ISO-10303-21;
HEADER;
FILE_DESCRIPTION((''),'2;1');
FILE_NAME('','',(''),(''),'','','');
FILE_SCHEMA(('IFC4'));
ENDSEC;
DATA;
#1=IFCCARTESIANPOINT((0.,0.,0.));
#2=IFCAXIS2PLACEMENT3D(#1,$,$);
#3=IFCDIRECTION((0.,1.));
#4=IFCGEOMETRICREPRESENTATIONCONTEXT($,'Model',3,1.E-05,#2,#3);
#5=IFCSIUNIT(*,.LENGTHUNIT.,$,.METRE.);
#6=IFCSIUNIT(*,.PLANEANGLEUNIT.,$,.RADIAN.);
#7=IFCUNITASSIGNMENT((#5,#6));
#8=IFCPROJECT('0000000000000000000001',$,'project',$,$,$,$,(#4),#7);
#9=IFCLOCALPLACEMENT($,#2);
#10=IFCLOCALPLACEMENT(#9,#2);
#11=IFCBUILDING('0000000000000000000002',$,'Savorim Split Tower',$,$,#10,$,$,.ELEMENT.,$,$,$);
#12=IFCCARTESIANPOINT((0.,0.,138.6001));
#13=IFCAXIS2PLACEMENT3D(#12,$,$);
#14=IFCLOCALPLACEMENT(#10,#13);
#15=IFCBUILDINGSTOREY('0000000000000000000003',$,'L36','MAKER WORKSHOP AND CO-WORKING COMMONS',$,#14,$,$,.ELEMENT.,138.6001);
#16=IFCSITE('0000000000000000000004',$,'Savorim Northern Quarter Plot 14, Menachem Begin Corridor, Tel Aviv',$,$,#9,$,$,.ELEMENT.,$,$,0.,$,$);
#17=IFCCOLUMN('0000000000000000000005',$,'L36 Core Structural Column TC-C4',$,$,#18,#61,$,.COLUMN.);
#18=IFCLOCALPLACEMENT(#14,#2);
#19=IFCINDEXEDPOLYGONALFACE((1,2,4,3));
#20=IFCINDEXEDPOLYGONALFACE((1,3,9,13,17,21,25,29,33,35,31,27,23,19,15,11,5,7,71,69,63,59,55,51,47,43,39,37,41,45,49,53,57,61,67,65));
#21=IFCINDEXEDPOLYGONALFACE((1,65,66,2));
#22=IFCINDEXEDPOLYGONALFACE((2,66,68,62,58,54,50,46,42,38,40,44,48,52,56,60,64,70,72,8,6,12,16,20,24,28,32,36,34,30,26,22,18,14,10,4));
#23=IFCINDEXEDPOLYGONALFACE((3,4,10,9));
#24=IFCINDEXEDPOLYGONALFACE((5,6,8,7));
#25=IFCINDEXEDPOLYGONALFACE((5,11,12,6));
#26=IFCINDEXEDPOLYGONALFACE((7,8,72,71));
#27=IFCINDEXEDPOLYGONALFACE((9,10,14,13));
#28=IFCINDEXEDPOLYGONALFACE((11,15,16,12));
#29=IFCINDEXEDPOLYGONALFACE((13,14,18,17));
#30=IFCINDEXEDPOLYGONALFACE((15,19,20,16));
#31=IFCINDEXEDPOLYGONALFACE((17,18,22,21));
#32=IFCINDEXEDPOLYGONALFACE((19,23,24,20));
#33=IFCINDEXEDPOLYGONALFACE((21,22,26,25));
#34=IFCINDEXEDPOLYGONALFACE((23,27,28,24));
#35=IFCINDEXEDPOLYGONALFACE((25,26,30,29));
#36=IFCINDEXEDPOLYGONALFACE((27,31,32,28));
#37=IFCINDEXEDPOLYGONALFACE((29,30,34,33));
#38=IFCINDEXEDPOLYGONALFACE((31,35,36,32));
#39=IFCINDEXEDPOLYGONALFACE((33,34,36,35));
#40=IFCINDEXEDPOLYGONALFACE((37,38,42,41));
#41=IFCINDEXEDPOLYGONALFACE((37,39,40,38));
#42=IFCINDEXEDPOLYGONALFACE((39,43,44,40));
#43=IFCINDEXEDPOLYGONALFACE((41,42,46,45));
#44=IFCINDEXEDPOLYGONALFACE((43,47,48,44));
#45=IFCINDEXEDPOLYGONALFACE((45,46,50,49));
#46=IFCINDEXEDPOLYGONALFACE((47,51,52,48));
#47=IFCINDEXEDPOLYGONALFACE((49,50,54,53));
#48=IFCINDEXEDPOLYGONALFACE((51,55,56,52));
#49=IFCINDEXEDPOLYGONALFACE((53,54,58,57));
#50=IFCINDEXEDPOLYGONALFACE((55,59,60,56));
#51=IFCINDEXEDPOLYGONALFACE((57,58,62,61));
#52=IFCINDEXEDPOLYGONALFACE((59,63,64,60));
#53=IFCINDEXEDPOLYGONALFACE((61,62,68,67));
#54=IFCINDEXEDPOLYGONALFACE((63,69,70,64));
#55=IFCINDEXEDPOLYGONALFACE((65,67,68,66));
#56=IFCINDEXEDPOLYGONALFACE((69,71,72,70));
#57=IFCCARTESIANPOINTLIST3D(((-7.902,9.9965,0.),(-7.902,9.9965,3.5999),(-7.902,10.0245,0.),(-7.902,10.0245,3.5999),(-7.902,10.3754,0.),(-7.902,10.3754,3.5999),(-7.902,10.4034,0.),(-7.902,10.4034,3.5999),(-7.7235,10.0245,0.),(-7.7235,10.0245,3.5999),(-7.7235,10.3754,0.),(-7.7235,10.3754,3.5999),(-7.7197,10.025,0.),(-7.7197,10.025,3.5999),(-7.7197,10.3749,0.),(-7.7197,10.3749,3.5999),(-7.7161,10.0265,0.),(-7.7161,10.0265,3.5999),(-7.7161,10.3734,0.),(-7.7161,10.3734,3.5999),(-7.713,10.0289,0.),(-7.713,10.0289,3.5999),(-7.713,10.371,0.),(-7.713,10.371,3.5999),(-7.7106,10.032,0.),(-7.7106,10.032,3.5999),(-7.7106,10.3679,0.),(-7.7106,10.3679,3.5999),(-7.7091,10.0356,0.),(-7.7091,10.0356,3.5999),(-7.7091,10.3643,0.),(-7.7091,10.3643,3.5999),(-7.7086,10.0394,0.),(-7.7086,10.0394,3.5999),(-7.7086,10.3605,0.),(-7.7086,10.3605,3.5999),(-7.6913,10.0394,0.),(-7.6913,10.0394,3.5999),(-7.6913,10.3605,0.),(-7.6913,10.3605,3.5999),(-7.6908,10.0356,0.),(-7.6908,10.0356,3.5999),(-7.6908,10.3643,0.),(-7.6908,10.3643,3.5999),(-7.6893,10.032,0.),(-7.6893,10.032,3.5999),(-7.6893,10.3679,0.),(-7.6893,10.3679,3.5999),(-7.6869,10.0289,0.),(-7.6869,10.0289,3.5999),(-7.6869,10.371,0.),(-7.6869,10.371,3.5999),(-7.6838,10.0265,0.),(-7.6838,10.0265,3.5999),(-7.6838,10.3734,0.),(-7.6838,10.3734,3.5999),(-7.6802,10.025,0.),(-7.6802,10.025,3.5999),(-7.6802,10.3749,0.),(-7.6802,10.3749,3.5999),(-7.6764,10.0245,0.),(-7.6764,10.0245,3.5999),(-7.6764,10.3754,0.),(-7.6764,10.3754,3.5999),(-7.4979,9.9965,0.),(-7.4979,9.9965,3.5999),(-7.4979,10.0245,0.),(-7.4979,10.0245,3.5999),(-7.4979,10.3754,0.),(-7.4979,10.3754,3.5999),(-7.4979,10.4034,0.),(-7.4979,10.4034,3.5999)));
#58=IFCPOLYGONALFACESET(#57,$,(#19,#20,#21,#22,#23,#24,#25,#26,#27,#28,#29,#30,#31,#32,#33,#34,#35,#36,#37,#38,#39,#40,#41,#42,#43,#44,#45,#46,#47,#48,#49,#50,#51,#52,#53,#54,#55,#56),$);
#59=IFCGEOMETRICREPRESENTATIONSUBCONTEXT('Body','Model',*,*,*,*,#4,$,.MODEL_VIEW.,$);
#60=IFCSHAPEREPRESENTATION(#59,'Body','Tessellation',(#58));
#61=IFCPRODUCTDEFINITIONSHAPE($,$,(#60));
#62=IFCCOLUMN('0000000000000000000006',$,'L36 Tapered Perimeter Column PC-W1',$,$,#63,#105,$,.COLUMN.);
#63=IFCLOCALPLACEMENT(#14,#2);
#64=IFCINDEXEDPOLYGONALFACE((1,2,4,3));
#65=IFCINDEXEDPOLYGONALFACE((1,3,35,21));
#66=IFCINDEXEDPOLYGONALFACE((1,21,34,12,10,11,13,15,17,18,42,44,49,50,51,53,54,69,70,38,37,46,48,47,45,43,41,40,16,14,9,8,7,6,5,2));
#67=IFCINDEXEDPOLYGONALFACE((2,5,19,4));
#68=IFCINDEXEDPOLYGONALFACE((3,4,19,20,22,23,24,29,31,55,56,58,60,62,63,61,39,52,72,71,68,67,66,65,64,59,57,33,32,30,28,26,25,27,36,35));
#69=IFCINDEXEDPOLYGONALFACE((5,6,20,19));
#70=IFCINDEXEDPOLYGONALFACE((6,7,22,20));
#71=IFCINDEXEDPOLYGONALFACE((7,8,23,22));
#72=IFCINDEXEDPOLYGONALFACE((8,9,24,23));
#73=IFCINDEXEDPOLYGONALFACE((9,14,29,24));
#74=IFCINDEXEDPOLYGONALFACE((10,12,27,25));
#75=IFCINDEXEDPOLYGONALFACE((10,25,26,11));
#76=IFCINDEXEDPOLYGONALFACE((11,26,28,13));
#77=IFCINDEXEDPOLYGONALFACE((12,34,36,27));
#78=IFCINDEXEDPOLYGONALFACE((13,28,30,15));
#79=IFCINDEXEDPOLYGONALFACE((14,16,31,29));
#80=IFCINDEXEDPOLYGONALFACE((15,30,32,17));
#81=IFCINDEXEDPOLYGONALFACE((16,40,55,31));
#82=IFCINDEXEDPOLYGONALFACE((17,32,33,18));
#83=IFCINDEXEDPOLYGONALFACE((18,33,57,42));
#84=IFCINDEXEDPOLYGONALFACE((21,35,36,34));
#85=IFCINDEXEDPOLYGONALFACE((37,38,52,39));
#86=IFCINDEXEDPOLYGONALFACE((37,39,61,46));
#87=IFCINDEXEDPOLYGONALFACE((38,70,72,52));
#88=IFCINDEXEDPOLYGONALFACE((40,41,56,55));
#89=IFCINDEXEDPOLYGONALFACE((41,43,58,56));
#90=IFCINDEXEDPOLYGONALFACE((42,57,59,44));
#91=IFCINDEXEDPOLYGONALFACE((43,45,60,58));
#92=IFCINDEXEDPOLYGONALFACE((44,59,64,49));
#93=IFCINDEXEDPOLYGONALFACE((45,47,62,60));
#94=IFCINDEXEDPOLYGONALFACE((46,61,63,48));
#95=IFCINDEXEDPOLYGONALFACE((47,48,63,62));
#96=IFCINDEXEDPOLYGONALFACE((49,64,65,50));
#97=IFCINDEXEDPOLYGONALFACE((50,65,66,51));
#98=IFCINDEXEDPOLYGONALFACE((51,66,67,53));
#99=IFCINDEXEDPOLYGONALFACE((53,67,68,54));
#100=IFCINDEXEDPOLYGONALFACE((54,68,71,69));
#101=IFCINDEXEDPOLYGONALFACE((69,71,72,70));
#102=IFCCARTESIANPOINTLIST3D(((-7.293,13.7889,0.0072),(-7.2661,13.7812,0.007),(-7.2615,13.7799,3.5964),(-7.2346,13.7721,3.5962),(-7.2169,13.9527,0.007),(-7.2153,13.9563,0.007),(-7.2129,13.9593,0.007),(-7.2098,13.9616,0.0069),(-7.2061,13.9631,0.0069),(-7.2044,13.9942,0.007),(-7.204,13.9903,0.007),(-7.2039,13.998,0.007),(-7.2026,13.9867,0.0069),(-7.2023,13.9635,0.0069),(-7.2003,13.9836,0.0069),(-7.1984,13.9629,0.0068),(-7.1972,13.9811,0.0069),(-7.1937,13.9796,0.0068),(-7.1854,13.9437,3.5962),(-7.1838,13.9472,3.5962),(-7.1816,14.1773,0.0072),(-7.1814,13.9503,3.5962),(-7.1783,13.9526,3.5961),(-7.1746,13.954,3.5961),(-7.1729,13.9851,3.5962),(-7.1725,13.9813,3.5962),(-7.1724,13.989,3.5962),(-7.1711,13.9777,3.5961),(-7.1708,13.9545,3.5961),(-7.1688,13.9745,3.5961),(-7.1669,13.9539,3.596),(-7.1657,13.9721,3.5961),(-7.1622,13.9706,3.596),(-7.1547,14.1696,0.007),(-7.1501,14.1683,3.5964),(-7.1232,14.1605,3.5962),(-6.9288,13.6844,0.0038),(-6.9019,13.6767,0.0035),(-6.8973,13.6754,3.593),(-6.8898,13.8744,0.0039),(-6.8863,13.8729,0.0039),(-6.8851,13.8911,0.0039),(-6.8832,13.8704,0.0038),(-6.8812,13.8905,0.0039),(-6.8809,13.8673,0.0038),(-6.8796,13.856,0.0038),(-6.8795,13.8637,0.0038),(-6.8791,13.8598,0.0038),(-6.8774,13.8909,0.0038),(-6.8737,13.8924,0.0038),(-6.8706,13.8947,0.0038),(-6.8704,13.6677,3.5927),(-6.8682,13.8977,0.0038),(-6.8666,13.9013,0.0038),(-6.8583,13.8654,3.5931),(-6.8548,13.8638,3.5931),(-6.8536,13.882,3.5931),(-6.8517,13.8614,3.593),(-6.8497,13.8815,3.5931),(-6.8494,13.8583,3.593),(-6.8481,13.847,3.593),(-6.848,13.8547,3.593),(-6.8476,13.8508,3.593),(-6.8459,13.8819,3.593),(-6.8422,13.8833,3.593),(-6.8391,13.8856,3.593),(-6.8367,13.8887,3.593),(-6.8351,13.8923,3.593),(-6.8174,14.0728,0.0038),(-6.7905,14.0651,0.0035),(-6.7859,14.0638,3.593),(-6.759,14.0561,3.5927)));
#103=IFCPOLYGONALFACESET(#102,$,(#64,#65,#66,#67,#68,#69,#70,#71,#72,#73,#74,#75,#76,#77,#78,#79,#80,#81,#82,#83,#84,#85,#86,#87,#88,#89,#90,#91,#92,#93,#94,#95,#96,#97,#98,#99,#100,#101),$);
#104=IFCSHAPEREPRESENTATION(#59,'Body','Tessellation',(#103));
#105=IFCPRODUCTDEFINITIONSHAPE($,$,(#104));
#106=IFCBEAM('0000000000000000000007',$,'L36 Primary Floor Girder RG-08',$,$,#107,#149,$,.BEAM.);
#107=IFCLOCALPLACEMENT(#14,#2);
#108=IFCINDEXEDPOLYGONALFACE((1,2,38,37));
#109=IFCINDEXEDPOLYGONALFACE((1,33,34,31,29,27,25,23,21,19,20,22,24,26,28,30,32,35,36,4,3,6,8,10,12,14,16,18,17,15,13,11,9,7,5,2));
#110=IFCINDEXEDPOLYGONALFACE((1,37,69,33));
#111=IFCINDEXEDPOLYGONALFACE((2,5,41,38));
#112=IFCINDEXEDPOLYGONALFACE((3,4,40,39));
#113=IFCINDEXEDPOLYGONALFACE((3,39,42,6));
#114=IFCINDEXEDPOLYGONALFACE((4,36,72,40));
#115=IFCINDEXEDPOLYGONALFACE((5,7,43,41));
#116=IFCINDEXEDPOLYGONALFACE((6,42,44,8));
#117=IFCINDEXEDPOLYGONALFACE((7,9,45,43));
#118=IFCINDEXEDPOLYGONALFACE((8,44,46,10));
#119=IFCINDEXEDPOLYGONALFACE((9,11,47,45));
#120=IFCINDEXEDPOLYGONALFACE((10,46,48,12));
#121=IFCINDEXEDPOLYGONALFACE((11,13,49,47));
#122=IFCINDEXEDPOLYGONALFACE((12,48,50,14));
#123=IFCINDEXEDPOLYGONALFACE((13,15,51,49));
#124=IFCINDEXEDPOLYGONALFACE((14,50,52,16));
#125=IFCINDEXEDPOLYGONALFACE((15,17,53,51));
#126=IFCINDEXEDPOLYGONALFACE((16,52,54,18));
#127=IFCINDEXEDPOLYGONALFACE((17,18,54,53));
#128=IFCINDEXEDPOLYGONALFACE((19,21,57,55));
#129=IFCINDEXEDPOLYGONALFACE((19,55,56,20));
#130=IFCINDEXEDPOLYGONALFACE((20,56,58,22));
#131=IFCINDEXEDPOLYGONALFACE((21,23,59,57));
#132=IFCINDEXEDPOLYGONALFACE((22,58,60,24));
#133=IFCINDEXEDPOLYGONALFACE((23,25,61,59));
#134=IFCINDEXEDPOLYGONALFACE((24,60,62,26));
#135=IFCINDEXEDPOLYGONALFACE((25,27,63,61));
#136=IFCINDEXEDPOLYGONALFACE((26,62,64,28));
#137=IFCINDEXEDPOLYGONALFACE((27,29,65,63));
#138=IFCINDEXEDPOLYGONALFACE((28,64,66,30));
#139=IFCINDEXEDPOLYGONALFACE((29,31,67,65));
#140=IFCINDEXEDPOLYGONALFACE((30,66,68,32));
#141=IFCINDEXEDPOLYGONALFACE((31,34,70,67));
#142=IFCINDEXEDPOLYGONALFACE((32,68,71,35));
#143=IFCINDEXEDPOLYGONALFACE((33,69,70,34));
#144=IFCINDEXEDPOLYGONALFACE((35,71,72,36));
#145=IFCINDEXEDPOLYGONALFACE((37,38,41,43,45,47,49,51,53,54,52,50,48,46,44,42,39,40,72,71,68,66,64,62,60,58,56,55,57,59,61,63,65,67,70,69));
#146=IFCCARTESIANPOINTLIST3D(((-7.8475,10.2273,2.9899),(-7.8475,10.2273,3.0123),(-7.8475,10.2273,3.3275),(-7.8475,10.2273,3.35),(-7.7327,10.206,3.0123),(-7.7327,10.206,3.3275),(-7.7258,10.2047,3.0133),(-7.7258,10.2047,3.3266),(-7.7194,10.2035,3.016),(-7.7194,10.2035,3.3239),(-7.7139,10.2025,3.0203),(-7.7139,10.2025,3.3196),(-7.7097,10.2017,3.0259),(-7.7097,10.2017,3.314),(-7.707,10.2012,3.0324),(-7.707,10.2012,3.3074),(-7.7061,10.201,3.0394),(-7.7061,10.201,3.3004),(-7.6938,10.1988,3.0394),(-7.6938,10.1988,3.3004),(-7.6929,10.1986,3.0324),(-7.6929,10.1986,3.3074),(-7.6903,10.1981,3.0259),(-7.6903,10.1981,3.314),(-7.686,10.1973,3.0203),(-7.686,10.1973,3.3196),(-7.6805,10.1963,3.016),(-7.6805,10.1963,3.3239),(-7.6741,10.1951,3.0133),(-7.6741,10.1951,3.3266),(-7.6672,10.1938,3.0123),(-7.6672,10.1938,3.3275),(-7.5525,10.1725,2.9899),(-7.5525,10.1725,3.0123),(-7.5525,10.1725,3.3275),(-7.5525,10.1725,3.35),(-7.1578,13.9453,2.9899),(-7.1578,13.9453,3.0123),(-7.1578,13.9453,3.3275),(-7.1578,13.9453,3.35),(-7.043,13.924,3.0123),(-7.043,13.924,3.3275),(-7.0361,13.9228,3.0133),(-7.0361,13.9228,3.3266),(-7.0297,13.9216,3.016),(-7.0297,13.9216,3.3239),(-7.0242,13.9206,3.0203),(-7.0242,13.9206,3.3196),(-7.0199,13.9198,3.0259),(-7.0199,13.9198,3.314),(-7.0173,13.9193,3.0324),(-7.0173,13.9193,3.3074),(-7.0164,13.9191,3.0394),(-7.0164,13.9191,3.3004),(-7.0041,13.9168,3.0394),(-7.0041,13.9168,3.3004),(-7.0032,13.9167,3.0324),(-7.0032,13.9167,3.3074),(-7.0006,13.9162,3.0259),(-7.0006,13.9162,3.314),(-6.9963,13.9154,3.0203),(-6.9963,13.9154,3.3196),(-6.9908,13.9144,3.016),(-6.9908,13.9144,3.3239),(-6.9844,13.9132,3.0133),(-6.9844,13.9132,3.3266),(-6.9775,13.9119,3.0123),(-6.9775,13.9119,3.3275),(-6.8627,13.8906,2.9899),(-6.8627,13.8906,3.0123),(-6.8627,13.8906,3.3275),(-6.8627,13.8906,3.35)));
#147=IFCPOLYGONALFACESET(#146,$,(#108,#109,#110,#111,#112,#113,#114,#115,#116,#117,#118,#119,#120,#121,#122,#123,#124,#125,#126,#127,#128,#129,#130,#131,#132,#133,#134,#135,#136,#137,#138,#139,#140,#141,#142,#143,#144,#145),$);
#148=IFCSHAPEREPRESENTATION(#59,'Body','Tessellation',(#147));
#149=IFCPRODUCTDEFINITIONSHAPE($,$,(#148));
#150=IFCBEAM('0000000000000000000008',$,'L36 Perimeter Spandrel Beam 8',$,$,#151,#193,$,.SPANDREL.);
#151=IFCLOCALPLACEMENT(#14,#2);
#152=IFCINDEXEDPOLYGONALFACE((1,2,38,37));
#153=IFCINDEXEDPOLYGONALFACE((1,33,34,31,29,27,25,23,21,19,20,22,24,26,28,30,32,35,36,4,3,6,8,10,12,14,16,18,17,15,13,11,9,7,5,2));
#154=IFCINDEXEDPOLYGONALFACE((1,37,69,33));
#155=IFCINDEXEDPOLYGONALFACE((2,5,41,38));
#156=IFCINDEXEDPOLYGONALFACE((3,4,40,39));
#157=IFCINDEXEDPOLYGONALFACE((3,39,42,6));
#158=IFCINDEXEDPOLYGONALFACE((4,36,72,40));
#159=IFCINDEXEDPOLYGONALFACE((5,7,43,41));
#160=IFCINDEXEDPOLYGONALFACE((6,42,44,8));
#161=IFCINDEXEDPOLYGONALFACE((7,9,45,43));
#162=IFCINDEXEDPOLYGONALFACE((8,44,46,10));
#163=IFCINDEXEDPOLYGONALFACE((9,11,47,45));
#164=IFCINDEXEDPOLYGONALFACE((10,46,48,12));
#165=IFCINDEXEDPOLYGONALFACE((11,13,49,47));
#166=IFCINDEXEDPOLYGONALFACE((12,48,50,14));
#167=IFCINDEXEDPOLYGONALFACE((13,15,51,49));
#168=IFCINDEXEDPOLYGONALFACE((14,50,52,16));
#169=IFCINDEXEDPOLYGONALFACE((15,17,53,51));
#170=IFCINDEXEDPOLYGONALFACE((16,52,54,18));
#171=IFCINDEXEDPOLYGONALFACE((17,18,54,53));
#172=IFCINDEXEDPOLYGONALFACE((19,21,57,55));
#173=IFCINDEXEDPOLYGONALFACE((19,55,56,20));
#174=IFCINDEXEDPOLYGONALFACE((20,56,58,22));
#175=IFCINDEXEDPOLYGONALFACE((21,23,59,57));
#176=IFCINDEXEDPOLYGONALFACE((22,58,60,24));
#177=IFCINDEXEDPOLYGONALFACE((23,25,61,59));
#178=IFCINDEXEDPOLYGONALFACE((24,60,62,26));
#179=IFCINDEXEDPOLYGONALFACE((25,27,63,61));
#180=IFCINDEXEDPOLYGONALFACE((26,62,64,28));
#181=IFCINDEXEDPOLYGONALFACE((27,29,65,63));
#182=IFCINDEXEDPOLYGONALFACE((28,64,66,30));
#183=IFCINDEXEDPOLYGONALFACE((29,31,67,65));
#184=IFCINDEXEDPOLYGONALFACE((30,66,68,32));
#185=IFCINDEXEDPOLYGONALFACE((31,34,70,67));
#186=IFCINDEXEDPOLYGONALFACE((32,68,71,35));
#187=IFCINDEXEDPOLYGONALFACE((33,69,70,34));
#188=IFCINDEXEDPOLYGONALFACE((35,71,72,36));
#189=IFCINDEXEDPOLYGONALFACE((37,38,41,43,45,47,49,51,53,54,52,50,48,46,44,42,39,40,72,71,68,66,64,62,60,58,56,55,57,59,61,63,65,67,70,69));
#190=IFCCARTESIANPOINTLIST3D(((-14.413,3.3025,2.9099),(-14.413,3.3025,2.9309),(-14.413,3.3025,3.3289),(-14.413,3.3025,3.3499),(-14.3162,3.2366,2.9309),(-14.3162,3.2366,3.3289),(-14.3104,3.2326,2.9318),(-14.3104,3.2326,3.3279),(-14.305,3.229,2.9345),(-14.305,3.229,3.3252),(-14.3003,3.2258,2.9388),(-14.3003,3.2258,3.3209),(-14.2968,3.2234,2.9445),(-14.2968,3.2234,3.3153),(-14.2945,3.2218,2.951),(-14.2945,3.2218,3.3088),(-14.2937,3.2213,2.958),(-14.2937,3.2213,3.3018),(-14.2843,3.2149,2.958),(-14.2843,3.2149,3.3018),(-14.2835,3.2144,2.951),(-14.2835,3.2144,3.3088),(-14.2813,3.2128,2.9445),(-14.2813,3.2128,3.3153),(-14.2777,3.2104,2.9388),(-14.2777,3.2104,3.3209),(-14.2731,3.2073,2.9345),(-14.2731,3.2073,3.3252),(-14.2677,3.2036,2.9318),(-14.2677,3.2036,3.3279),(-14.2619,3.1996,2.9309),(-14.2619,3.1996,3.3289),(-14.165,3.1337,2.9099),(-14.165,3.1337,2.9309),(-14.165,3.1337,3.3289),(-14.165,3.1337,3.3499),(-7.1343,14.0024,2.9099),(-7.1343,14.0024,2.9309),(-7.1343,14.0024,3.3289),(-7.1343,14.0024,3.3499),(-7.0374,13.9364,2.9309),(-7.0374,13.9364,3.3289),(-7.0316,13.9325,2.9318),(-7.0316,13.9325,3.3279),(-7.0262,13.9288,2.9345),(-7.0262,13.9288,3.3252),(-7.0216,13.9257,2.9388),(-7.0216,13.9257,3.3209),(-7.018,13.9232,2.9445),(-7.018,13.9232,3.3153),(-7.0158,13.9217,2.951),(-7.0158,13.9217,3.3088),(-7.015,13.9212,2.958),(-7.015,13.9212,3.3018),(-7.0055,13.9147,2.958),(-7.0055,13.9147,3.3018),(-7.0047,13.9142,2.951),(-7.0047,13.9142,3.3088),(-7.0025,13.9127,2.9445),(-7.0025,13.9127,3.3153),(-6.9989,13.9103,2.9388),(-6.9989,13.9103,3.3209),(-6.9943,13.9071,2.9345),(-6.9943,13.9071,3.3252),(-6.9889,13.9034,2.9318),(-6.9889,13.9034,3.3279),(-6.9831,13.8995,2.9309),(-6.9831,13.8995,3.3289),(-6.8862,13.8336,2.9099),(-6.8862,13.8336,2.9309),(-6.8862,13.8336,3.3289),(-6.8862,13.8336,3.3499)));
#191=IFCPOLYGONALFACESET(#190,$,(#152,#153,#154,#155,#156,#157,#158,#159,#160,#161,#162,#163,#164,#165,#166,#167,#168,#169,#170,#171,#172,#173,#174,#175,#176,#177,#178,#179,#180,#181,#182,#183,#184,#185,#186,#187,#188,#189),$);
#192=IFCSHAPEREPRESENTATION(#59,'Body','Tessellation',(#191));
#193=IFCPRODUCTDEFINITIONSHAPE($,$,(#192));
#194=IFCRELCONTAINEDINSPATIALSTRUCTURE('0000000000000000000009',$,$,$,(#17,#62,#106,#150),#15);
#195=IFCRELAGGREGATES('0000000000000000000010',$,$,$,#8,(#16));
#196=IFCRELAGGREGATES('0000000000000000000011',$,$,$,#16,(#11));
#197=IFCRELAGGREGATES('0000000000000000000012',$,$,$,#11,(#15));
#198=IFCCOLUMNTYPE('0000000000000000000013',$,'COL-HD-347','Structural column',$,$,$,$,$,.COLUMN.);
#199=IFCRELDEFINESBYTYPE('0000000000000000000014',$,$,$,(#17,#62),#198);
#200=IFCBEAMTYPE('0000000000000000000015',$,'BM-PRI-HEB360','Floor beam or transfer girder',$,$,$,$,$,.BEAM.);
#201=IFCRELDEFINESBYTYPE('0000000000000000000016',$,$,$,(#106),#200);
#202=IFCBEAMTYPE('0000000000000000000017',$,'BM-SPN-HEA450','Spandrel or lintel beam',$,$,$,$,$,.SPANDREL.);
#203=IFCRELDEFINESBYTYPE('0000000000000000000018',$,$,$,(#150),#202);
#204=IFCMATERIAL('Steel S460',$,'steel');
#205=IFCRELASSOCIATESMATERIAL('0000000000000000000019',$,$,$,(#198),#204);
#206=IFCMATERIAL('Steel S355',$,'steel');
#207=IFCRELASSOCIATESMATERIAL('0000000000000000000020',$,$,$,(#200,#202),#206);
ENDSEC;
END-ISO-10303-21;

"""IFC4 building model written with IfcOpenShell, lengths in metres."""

from ifc_helpers import new_model, si_unit, direction, frame, origin, origin_2d, place, context, subcontext, project, spatial, i_section, extrude, material, material_profile, profile_set, type_object, element, save


model = new_model("IFC4")

# Units and contexts
model_context = context("Model", 3, precision=1e-05, world=origin(), true_north=direction((0.0, 1.0)))
body_context = subcontext(model_context, "Body", "Model", "MODEL_VIEW")
ifc_project = project(units=[si_unit("LENGTHUNIT", "METRE"), si_unit("PLANEANGLEUNIT", "RADIAN")], contexts=[model_context])

# Site, building, storey
site_placement = place(None, origin())
site = spatial("IfcSite", under=ifc_project, at=site_placement, Name="Savorim Northern Quarter Plot 14, Menachem Begin Corridor, Tel Aviv", CompositionType="ELEMENT", RefElevation=0.0)
building_placement = place(site_placement, origin())
building = spatial("IfcBuilding", under=site, at=building_placement, Name="Savorim Split Tower", CompositionType="ELEMENT")
storey_placement = place(building_placement, frame((0.0, 0.0, 138.6001)))
storey = spatial("IfcBuildingStorey", under=building, at=storey_placement, Name="L36", Description="MAKER WORKSHOP AND CO-WORKING COMMONS", CompositionType="ELEMENT", Elevation=138.6001)

# Columns
ifc_material_1 = material(Name="Steel S460", Category="steel")
ifc_material_profile_1 = material_profile(ifc_material_1, i_section(OverallWidth=0.4041, OverallDepth=0.407, WebThickness=0.0173, FlangeThickness=0.0281, FilletRadius=0.0149, at=origin_2d()), Name="HD 400x347")
ifc_profile_set_1 = profile_set([ifc_material_profile_1], Name="Steel S460")
column_type = type_object("IfcColumnType", Name="COL-HD-347", Description="Structural column", PredefinedType="COLUMN", material=ifc_profile_set_1)
column_1_placement = place(storey_placement, frame((-7.7, 10.2, 0.0), z_axis=(0.0, 0.0, 1.0), x_axis=(1.0, 0.0, 0.0)))
element("IfcColumn", 1, at=column_1_placement, inside=storey, type_object=column_type, Name="L36 Core Structural Column TC-C4", PredefinedType="COLUMN", context=body_context, shape_type="SweptSolid", body=[
    extrude(i_section(OverallWidth=0.4041, OverallDepth=0.407, WebThickness=0.0173, FlangeThickness=0.0281, FilletRadius=0.0149, at=origin_2d()), origin(), (0.0, 0.0, 1.0), 3.5999),
])
column_2_placement = place(storey_placement, frame((-7.0417, 13.927, 0.0054), z_axis=(0.008775, -0.002517, 0.999958), x_axis=(0.275705, 0.961242, 0.0)))
element("IfcColumn", 2, at=column_2_placement, inside=storey, type_object=column_type, Name="L36 Tapered Perimeter Column PC-W1", PredefinedType="COLUMN", context=body_context, shape_type="SweptSolid", body=[
    extrude(i_section(OverallWidth=0.4041, OverallDepth=0.407, WebThickness=0.0173, FlangeThickness=0.0281, FilletRadius=0.0149, at=origin_2d()), origin(), (0.0, 0.0, 1.0), 3.5894),
])

# Beams
ifc_material_2 = material(Name="Steel S355", Category="steel")
ifc_material_profile_2 = material_profile(ifc_material_2, i_section(OverallWidth=0.3, OverallDepth=0.3601, WebThickness=0.0125, FlangeThickness=0.0225, FilletRadius=0.0271, at=origin_2d()), Name="HEB 360")
ifc_profile_set_2 = profile_set([ifc_material_profile_2], Name="Steel S355")
beam_type_1 = type_object("IfcBeamType", Name="BM-PRI-HEB360", Description="Floor beam or transfer girder", PredefinedType="BEAM", material=ifc_profile_set_2)
beam_1_placement = place(storey_placement, frame((-7.0103, 13.918, 3.1699), z_axis=(-0.18239, -0.983226, 0.0), x_axis=(0.983226, -0.18239, 0.0)))
element("IfcBeam", 3, at=beam_1_placement, inside=storey, type_object=beam_type_1, Name="L36 Primary Floor Girder RG-08", PredefinedType="BEAM", context=body_context, shape_type="SweptSolid", body=[
    extrude(i_section(OverallWidth=0.3, OverallDepth=0.3601, WebThickness=0.0125, FlangeThickness=0.0225, FilletRadius=0.0271, at=origin_2d()), origin(), (0.0, 0.0, 1.0), 3.7815),
])
ifc_material_profile_3 = material_profile(ifc_material_2, i_section(OverallWidth=0.3, OverallDepth=0.4399, WebThickness=0.0115, FlangeThickness=0.021, FilletRadius=0.0271, at=origin_2d()), Name="HEA 450")
ifc_profile_set_3 = profile_set([ifc_material_profile_3], Name="Steel S355")
beam_type_2 = type_object("IfcBeamType", Name="BM-SPN-HEA450", Description="Spandrel or lintel beam", PredefinedType="SPANDREL", material=ifc_profile_set_3)
beam_2_placement = place(storey_placement, frame((-7.0103, 13.918, 3.1299), z_axis=(-0.56246, -0.826824, 0.0), x_axis=(0.826824, -0.56246, 0.0)))
element("IfcBeam", 4, at=beam_2_placement, inside=storey, type_object=beam_type_2, Name="L36 Perimeter Spandrel Beam 8", PredefinedType="SPANDREL", context=body_context, shape_type="SweptSolid", body=[
    extrude(i_section(OverallWidth=0.3, OverallDepth=0.4399, WebThickness=0.0115, FlangeThickness=0.021, FilletRadius=0.0271, at=origin_2d()), origin(), (0.0, 0.0, 1.0), 12.9409),
])

save(model, "model.ifc")
